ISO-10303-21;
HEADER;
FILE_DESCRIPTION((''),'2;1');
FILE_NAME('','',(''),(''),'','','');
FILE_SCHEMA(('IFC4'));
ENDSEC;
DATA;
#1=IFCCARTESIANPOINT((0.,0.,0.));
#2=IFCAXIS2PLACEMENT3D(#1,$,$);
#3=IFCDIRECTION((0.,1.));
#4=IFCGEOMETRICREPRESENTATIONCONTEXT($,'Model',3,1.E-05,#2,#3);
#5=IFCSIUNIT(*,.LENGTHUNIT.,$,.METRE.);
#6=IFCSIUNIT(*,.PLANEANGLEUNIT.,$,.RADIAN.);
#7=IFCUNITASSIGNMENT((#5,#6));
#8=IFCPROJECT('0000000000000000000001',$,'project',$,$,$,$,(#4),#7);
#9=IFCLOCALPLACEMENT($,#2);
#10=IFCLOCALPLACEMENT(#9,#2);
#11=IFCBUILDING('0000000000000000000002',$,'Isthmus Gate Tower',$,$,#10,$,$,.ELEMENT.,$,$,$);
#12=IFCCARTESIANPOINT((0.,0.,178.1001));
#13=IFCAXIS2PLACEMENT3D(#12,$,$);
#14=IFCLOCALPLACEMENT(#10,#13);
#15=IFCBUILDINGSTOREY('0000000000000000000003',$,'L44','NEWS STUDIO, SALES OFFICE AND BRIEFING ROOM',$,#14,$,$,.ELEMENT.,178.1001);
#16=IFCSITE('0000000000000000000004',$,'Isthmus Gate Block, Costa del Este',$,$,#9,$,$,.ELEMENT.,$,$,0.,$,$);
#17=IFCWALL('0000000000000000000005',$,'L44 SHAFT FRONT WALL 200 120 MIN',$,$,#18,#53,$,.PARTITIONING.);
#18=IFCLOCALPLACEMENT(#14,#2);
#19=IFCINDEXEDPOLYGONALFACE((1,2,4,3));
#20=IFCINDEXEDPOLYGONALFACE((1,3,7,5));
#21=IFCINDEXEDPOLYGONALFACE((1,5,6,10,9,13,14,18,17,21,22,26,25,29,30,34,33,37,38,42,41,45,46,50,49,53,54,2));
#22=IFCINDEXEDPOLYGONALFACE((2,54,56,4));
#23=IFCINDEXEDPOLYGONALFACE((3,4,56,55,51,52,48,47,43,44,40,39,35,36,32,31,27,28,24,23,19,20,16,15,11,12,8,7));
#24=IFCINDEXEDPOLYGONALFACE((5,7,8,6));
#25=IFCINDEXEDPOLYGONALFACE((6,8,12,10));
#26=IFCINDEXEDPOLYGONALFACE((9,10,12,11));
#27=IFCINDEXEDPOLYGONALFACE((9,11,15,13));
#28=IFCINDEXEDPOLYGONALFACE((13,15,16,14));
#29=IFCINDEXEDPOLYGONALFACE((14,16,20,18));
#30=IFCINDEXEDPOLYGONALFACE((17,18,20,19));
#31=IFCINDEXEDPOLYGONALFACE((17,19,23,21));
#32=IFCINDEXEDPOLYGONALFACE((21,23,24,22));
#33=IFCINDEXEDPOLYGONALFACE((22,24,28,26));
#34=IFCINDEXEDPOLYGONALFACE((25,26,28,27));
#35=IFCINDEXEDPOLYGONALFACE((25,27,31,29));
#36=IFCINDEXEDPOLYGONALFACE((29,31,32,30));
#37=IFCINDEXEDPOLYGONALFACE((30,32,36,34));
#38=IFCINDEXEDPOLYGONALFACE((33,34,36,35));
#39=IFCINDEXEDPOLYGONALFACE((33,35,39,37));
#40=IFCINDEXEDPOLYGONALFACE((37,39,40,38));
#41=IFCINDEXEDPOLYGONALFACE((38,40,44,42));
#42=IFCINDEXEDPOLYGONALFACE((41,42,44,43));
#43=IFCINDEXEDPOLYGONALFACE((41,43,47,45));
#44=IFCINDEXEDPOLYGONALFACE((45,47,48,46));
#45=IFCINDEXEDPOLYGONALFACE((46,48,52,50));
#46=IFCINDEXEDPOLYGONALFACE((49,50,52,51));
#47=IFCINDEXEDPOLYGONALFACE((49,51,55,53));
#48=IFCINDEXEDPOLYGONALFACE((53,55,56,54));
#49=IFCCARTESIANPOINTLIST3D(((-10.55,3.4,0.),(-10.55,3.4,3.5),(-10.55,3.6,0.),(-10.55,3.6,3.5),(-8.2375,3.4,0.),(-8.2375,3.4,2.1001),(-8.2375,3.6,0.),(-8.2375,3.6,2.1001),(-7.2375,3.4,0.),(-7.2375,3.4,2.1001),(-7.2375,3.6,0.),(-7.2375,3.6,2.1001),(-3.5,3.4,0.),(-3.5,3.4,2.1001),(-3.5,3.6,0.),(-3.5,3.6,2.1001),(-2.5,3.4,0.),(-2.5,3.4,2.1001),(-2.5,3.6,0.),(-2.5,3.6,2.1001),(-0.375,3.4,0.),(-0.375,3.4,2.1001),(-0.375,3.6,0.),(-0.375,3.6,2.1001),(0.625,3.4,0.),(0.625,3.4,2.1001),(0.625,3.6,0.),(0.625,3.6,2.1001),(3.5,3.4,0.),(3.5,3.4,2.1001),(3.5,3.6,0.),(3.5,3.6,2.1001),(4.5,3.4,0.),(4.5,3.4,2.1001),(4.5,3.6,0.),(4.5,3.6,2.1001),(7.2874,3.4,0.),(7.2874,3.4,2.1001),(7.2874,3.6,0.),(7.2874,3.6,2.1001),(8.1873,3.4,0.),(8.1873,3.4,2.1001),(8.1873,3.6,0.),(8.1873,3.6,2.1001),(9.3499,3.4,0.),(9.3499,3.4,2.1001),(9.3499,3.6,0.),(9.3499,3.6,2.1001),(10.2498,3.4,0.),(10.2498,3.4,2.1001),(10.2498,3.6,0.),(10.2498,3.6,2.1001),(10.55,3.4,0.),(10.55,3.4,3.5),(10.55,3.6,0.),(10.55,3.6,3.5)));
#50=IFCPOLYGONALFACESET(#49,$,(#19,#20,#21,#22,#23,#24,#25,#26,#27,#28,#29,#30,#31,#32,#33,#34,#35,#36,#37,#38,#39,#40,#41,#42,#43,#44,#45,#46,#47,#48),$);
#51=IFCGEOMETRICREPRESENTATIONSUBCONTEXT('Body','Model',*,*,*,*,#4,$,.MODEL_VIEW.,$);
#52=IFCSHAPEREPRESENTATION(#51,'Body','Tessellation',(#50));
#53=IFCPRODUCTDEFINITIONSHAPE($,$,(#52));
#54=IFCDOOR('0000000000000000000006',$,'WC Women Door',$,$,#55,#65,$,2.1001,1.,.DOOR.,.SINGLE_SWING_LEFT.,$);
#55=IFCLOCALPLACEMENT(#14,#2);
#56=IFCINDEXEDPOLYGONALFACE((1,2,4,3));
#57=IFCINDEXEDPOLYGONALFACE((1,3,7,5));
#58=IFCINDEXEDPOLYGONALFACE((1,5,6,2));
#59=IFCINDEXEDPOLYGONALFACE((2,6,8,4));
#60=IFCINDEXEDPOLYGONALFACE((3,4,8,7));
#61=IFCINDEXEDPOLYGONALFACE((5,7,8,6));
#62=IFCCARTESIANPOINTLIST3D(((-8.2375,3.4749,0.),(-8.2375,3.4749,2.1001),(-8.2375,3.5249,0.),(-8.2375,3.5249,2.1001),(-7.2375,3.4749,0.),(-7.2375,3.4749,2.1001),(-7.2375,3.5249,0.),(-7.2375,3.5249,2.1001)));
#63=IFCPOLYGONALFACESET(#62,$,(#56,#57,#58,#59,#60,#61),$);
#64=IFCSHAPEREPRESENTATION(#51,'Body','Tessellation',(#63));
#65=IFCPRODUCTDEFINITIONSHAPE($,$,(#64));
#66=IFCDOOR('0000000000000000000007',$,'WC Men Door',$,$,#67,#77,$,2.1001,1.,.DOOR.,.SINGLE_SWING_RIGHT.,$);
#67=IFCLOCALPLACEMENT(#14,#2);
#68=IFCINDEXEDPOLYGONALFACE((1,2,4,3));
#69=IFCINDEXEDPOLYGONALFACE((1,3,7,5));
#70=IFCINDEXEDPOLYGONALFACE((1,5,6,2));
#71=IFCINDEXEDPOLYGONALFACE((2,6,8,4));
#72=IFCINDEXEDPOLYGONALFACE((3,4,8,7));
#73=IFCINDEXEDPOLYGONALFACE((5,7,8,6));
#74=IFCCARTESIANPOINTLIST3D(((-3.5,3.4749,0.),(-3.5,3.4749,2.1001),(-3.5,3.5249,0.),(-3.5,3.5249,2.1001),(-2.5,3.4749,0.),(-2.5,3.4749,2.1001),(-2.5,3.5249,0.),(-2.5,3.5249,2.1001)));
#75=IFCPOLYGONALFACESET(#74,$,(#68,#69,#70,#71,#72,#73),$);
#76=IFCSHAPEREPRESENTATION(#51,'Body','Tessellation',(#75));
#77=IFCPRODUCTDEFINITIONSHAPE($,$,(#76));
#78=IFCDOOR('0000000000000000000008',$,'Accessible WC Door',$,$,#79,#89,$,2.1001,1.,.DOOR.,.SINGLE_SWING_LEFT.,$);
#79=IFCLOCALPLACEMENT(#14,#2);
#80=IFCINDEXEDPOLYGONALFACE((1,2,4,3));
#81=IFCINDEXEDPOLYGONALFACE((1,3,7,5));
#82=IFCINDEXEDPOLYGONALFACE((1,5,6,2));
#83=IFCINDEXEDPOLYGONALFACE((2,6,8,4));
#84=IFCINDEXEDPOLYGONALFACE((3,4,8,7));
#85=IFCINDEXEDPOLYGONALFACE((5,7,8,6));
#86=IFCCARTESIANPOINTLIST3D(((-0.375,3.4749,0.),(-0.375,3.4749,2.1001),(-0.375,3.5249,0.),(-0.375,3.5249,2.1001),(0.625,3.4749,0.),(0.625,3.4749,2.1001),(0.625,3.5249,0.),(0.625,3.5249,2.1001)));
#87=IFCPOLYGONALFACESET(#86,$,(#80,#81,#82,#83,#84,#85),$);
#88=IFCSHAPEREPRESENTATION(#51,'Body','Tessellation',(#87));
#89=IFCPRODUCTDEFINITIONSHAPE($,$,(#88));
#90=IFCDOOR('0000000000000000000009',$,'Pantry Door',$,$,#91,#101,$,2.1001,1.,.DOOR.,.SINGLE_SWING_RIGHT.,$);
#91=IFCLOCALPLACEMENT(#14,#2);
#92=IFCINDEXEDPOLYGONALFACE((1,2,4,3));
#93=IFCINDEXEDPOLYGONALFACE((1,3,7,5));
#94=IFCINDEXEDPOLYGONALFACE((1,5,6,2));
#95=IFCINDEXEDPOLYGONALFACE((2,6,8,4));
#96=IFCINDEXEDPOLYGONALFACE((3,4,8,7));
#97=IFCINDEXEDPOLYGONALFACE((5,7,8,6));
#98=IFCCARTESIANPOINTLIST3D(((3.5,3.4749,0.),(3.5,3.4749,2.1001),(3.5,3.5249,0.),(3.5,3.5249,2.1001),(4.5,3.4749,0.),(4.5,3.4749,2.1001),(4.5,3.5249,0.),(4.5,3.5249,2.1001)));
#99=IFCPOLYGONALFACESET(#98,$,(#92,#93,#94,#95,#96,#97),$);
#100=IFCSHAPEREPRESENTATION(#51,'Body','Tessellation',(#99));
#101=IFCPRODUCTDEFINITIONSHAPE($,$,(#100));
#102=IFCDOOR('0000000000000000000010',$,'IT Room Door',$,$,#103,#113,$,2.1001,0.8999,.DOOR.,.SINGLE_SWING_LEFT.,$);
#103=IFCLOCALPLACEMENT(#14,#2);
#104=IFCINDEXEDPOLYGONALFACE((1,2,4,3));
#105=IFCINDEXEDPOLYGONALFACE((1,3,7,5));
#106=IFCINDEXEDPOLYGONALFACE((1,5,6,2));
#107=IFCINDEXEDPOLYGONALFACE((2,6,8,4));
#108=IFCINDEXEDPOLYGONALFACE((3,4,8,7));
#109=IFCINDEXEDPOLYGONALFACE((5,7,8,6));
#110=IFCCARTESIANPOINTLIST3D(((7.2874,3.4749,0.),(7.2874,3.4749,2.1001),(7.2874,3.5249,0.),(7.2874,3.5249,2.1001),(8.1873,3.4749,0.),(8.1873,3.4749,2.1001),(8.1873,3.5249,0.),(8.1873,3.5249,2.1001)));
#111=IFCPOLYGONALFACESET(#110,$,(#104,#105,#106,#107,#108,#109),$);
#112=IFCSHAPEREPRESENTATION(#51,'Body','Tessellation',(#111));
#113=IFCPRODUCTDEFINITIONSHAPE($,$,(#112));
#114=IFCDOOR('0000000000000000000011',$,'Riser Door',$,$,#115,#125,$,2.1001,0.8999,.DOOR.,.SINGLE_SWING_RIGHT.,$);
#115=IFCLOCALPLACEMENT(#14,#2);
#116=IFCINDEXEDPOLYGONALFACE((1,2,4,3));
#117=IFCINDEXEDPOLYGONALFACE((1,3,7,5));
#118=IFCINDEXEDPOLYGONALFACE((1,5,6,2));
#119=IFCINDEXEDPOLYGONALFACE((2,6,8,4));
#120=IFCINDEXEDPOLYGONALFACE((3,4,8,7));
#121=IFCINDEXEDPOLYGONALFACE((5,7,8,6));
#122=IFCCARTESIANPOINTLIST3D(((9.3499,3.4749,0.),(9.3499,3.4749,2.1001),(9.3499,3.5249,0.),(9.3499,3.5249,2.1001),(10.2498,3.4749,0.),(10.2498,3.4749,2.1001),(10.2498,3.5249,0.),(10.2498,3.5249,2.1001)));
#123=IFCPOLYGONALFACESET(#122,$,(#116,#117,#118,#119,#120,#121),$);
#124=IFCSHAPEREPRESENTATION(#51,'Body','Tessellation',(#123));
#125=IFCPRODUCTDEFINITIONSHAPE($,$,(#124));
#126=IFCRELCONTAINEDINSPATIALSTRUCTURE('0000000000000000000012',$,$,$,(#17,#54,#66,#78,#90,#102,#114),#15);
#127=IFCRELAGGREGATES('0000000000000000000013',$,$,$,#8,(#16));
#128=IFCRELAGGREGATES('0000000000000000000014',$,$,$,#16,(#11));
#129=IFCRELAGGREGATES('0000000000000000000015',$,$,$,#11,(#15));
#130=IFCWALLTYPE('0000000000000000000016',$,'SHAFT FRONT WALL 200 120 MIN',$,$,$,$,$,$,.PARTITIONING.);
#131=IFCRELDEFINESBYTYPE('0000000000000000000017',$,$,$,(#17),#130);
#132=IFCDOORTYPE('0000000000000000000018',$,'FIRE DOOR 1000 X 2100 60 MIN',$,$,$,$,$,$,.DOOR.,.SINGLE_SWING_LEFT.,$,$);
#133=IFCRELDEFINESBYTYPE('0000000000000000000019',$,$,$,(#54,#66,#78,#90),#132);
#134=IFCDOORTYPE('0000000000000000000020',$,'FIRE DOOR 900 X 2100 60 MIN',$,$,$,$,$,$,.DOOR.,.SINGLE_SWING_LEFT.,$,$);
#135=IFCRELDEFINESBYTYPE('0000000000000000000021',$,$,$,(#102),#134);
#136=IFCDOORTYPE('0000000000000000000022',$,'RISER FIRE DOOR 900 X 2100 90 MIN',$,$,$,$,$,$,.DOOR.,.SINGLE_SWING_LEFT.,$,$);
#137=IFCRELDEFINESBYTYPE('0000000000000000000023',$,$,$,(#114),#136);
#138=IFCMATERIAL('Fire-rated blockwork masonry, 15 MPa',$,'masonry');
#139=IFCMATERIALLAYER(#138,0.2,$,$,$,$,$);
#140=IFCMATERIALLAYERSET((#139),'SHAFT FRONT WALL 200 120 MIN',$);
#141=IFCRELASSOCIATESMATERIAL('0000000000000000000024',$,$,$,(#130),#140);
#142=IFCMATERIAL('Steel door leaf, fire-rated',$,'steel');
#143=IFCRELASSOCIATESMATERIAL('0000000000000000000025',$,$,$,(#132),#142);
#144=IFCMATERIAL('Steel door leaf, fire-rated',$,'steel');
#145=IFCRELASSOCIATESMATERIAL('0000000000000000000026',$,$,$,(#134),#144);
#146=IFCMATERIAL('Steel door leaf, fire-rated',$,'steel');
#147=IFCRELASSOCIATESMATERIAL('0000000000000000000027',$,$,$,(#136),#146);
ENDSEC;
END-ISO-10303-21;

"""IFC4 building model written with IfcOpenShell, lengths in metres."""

from ifc_helpers import new_model, si_unit, direction, frame, frame_2d, origin, place, context, subcontext, project, spatial, rectangle, extrude, material, layer, layer_set, type_object, element, fill, save


model = new_model("IFC4")

# Units and contexts
model_context = context("Model", 3, precision=1e-05, world=origin(), true_north=direction((0.0, 1.0)))
body_context = subcontext(model_context, "Body", "Model", "MODEL_VIEW")
ifc_project = project(units=[si_unit("LENGTHUNIT", "METRE"), si_unit("PLANEANGLEUNIT", "RADIAN")], contexts=[model_context])

# Site, building, storey
site_placement = place(None, origin())
site = spatial("IfcSite", under=ifc_project, at=site_placement, Name="Isthmus Gate Block, Costa del Este", CompositionType="ELEMENT", RefElevation=0.0)
building_placement = place(site_placement, origin())
building = spatial("IfcBuilding", under=site, at=building_placement, Name="Isthmus Gate Tower", CompositionType="ELEMENT")
storey_placement = place(building_placement, frame((0.0, 0.0, 178.1001)))
storey = spatial("IfcBuildingStorey", under=building, at=storey_placement, Name="L44", Description="NEWS STUDIO, SALES OFFICE AND BRIEFING ROOM", CompositionType="ELEMENT", Elevation=178.1001)

# Wall, openings, doors
ifc_material_1 = material(Name="Fire-rated blockwork masonry, 15 MPa", Category="masonry")
ifc_layer_1 = layer(ifc_material_1, 0.2)
ifc_layer_set_1 = layer_set([ifc_layer_1], Name="SHAFT FRONT WALL 200 120 MIN")
wall_type_1 = type_object("IfcWallType", Name="SHAFT FRONT WALL 200 120 MIN", PredefinedType="PARTITIONING", material=ifc_layer_set_1)
wall_1_placement = place(storey_placement, frame((-10.55, 3.5, 0.0), z_axis=(0.0, 0.0, 1.0), x_axis=(1.0, 0.0, 0.0)))
wall_1 = element("IfcWall", 1, at=wall_1_placement, inside=storey, type_object=wall_type_1, Name="L44 SHAFT FRONT WALL 200 120 MIN", PredefinedType="PARTITIONING", context=body_context, shape_type="SweptSolid", body=[
    extrude(rectangle(XDim=21.1001, YDim=0.2, at=frame_2d((10.55, 0.0))), origin(), (0.0, 0.0, 1.0), 3.5),
])
opening_1_placement = place(wall_1_placement, frame((2.3125, 0.0, 0.0)))
opening_1 = element("IfcOpeningElement", 2, at=opening_1_placement, cuts=wall_1, PredefinedType="OPENING", context=body_context, shape_type="SweptSolid", body=[
    extrude(rectangle(XDim=1.0, YDim=2.1001, at=frame_2d((0.5, 1.05))), frame((0.0, 0.1099, 0.0), z_axis=(0.0, -1.0, 0.0), x_axis=(1.0, 0.0, 0.0)), (0.0, 0.0, 1.0), 0.22),
])
opening_2_placement = place(wall_1_placement, frame((7.05, 0.0, 0.0)))
opening_2 = element("IfcOpeningElement", 3, at=opening_2_placement, cuts=wall_1, PredefinedType="OPENING", context=body_context, shape_type="SweptSolid", body=[
    extrude(rectangle(XDim=1.0, YDim=2.1001, at=frame_2d((0.5, 1.05))), frame((0.0, 0.1099, 0.0), z_axis=(0.0, -1.0, 0.0), x_axis=(1.0, 0.0, 0.0)), (0.0, 0.0, 1.0), 0.22),
])
opening_3_placement = place(wall_1_placement, frame((10.175, 0.0, 0.0)))
opening_3 = element("IfcOpeningElement", 4, at=opening_3_placement, cuts=wall_1, PredefinedType="OPENING", context=body_context, shape_type="SweptSolid", body=[
    extrude(rectangle(XDim=1.0, YDim=2.1001, at=frame_2d((0.5, 1.05))), frame((0.0, 0.1099, 0.0), z_axis=(0.0, -1.0, 0.0), x_axis=(1.0, 0.0, 0.0)), (0.0, 0.0, 1.0), 0.22),
])
opening_4_placement = place(wall_1_placement, frame((14.05, 0.0, 0.0)))
opening_4 = element("IfcOpeningElement", 5, at=opening_4_placement, cuts=wall_1, PredefinedType="OPENING", context=body_context, shape_type="SweptSolid", body=[
    extrude(rectangle(XDim=1.0, YDim=2.1001, at=frame_2d((0.5, 1.05))), frame((0.0, 0.1099, 0.0), z_axis=(0.0, -1.0, 0.0), x_axis=(1.0, 0.0, 0.0)), (0.0, 0.0, 1.0), 0.22),
])
opening_5_placement = place(wall_1_placement, frame((17.8374, 0.0, 0.0)))
opening_5 = element("IfcOpeningElement", 6, at=opening_5_placement, cuts=wall_1, PredefinedType="OPENING", context=body_context, shape_type="SweptSolid", body=[
    extrude(rectangle(XDim=0.8999, YDim=2.1001, at=frame_2d((0.45, 1.05))), frame((0.0, 0.1099, 0.0), z_axis=(0.0, -1.0, 0.0), x_axis=(1.0, 0.0, 0.0)), (0.0, 0.0, 1.0), 0.22),
])
opening_6_placement = place(wall_1_placement, frame((19.8999, 0.0, 0.0)))
opening_6 = element("IfcOpeningElement", 7, at=opening_6_placement, cuts=wall_1, PredefinedType="OPENING", context=body_context, shape_type="SweptSolid", body=[
    extrude(rectangle(XDim=0.8999, YDim=2.1001, at=frame_2d((0.45, 1.05))), frame((0.0, 0.1099, 0.0), z_axis=(0.0, -1.0, 0.0), x_axis=(1.0, 0.0, 0.0)), (0.0, 0.0, 1.0), 0.22),
])
ifc_material_2 = material(Name="Steel door leaf, fire-rated", Category="steel")
door_type_1 = type_object("IfcDoorType", Name="FIRE DOOR 1000 X 2100 60 MIN", OperationType="SINGLE_SWING_LEFT", PredefinedType="DOOR", material=ifc_material_2)
door_1_placement = place(opening_1_placement, origin())
door_1 = element("IfcDoor", 8, at=door_1_placement, inside=storey, type_object=door_type_1, Name="WC Women Door", OperationType="SINGLE_SWING_LEFT", OverallHeight=2.1001, OverallWidth=1.0, PredefinedType="DOOR", context=body_context, shape_type="SweptSolid", body=[
    extrude(rectangle(XDim=1.0, YDim=2.1001, at=frame_2d((0.5, 1.05))), frame((0.0, 0.0249, 0.0), z_axis=(0.0, -1.0, 0.0), x_axis=(1.0, 0.0, 0.0)), (0.0, 0.0, 1.0), 0.05),
])
fill(opening_1, door_1)
door_2_placement = place(opening_2_placement, origin())
door_2 = element("IfcDoor", 9, at=door_2_placement, inside=storey, type_object=door_type_1, Name="WC Men Door", OperationType="SINGLE_SWING_RIGHT", OverallHeight=2.1001, OverallWidth=1.0, PredefinedType="DOOR", context=body_context, shape_type="SweptSolid", body=[
    extrude(rectangle(XDim=1.0, YDim=2.1001, at=frame_2d((0.5, 1.05))), frame((0.0, 0.0249, 0.0), z_axis=(0.0, -1.0, 0.0), x_axis=(1.0, 0.0, 0.0)), (0.0, 0.0, 1.0), 0.05),
])
fill(opening_2, door_2)
door_3_placement = place(opening_3_placement, origin())
door_3 = element("IfcDoor", 10, at=door_3_placement, inside=storey, type_object=door_type_1, Name="Accessible WC Door", OperationType="SINGLE_SWING_LEFT", OverallHeight=2.1001, OverallWidth=1.0, PredefinedType="DOOR", context=body_context, shape_type="SweptSolid", body=[
    extrude(rectangle(XDim=1.0, YDim=2.1001, at=frame_2d((0.5, 1.05))), frame((0.0, 0.0249, 0.0), z_axis=(0.0, -1.0, 0.0), x_axis=(1.0, 0.0, 0.0)), (0.0, 0.0, 1.0), 0.05),
])
fill(opening_3, door_3)
door_4_placement = place(opening_4_placement, origin())
door_4 = element("IfcDoor", 11, at=door_4_placement, inside=storey, type_object=door_type_1, Name="Pantry Door", OperationType="SINGLE_SWING_RIGHT", OverallHeight=2.1001, OverallWidth=1.0, PredefinedType="DOOR", context=body_context, shape_type="SweptSolid", body=[
    extrude(rectangle(XDim=1.0, YDim=2.1001, at=frame_2d((0.5, 1.05))), frame((0.0, 0.0249, 0.0), z_axis=(0.0, -1.0, 0.0), x_axis=(1.0, 0.0, 0.0)), (0.0, 0.0, 1.0), 0.05),
])
fill(opening_4, door_4)
ifc_material_3 = material(Name="Steel door leaf, fire-rated", Category="steel")
door_type_2 = type_object("IfcDoorType", Name="FIRE DOOR 900 X 2100 60 MIN", OperationType="SINGLE_SWING_LEFT", PredefinedType="DOOR", material=ifc_material_3)
door_5_placement = place(opening_5_placement, origin())
door_5 = element("IfcDoor", 12, at=door_5_placement, inside=storey, type_object=door_type_2, Name="IT Room Door", OperationType="SINGLE_SWING_LEFT", OverallHeight=2.1001, OverallWidth=0.8999, PredefinedType="DOOR", context=body_context, shape_type="SweptSolid", body=[
    extrude(rectangle(XDim=0.8999, YDim=2.1001, at=frame_2d((0.45, 1.05))), frame((0.0, 0.0249, 0.0), z_axis=(0.0, -1.0, 0.0), x_axis=(1.0, 0.0, 0.0)), (0.0, 0.0, 1.0), 0.05),
])
fill(opening_5, door_5)
ifc_material_4 = material(Name="Steel door leaf, fire-rated", Category="steel")
door_type_3 = type_object("IfcDoorType", Name="RISER FIRE DOOR 900 X 2100 90 MIN", OperationType="SINGLE_SWING_LEFT", PredefinedType="DOOR", material=ifc_material_4)
door_6_placement = place(opening_6_placement, origin())
door_6 = element("IfcDoor", 13, at=door_6_placement, inside=storey, type_object=door_type_3, Name="Riser Door", OperationType="SINGLE_SWING_RIGHT", OverallHeight=2.1001, OverallWidth=0.8999, PredefinedType="DOOR", context=body_context, shape_type="SweptSolid", body=[
    extrude(rectangle(XDim=0.8999, YDim=2.1001, at=frame_2d((0.45, 1.05))), frame((0.0, 0.0249, 0.0), z_axis=(0.0, -1.0, 0.0), x_axis=(1.0, 0.0, 0.0)), (0.0, 0.0, 1.0), 0.05),
])
fill(opening_6, door_6)

save(model, "model.ifc")
